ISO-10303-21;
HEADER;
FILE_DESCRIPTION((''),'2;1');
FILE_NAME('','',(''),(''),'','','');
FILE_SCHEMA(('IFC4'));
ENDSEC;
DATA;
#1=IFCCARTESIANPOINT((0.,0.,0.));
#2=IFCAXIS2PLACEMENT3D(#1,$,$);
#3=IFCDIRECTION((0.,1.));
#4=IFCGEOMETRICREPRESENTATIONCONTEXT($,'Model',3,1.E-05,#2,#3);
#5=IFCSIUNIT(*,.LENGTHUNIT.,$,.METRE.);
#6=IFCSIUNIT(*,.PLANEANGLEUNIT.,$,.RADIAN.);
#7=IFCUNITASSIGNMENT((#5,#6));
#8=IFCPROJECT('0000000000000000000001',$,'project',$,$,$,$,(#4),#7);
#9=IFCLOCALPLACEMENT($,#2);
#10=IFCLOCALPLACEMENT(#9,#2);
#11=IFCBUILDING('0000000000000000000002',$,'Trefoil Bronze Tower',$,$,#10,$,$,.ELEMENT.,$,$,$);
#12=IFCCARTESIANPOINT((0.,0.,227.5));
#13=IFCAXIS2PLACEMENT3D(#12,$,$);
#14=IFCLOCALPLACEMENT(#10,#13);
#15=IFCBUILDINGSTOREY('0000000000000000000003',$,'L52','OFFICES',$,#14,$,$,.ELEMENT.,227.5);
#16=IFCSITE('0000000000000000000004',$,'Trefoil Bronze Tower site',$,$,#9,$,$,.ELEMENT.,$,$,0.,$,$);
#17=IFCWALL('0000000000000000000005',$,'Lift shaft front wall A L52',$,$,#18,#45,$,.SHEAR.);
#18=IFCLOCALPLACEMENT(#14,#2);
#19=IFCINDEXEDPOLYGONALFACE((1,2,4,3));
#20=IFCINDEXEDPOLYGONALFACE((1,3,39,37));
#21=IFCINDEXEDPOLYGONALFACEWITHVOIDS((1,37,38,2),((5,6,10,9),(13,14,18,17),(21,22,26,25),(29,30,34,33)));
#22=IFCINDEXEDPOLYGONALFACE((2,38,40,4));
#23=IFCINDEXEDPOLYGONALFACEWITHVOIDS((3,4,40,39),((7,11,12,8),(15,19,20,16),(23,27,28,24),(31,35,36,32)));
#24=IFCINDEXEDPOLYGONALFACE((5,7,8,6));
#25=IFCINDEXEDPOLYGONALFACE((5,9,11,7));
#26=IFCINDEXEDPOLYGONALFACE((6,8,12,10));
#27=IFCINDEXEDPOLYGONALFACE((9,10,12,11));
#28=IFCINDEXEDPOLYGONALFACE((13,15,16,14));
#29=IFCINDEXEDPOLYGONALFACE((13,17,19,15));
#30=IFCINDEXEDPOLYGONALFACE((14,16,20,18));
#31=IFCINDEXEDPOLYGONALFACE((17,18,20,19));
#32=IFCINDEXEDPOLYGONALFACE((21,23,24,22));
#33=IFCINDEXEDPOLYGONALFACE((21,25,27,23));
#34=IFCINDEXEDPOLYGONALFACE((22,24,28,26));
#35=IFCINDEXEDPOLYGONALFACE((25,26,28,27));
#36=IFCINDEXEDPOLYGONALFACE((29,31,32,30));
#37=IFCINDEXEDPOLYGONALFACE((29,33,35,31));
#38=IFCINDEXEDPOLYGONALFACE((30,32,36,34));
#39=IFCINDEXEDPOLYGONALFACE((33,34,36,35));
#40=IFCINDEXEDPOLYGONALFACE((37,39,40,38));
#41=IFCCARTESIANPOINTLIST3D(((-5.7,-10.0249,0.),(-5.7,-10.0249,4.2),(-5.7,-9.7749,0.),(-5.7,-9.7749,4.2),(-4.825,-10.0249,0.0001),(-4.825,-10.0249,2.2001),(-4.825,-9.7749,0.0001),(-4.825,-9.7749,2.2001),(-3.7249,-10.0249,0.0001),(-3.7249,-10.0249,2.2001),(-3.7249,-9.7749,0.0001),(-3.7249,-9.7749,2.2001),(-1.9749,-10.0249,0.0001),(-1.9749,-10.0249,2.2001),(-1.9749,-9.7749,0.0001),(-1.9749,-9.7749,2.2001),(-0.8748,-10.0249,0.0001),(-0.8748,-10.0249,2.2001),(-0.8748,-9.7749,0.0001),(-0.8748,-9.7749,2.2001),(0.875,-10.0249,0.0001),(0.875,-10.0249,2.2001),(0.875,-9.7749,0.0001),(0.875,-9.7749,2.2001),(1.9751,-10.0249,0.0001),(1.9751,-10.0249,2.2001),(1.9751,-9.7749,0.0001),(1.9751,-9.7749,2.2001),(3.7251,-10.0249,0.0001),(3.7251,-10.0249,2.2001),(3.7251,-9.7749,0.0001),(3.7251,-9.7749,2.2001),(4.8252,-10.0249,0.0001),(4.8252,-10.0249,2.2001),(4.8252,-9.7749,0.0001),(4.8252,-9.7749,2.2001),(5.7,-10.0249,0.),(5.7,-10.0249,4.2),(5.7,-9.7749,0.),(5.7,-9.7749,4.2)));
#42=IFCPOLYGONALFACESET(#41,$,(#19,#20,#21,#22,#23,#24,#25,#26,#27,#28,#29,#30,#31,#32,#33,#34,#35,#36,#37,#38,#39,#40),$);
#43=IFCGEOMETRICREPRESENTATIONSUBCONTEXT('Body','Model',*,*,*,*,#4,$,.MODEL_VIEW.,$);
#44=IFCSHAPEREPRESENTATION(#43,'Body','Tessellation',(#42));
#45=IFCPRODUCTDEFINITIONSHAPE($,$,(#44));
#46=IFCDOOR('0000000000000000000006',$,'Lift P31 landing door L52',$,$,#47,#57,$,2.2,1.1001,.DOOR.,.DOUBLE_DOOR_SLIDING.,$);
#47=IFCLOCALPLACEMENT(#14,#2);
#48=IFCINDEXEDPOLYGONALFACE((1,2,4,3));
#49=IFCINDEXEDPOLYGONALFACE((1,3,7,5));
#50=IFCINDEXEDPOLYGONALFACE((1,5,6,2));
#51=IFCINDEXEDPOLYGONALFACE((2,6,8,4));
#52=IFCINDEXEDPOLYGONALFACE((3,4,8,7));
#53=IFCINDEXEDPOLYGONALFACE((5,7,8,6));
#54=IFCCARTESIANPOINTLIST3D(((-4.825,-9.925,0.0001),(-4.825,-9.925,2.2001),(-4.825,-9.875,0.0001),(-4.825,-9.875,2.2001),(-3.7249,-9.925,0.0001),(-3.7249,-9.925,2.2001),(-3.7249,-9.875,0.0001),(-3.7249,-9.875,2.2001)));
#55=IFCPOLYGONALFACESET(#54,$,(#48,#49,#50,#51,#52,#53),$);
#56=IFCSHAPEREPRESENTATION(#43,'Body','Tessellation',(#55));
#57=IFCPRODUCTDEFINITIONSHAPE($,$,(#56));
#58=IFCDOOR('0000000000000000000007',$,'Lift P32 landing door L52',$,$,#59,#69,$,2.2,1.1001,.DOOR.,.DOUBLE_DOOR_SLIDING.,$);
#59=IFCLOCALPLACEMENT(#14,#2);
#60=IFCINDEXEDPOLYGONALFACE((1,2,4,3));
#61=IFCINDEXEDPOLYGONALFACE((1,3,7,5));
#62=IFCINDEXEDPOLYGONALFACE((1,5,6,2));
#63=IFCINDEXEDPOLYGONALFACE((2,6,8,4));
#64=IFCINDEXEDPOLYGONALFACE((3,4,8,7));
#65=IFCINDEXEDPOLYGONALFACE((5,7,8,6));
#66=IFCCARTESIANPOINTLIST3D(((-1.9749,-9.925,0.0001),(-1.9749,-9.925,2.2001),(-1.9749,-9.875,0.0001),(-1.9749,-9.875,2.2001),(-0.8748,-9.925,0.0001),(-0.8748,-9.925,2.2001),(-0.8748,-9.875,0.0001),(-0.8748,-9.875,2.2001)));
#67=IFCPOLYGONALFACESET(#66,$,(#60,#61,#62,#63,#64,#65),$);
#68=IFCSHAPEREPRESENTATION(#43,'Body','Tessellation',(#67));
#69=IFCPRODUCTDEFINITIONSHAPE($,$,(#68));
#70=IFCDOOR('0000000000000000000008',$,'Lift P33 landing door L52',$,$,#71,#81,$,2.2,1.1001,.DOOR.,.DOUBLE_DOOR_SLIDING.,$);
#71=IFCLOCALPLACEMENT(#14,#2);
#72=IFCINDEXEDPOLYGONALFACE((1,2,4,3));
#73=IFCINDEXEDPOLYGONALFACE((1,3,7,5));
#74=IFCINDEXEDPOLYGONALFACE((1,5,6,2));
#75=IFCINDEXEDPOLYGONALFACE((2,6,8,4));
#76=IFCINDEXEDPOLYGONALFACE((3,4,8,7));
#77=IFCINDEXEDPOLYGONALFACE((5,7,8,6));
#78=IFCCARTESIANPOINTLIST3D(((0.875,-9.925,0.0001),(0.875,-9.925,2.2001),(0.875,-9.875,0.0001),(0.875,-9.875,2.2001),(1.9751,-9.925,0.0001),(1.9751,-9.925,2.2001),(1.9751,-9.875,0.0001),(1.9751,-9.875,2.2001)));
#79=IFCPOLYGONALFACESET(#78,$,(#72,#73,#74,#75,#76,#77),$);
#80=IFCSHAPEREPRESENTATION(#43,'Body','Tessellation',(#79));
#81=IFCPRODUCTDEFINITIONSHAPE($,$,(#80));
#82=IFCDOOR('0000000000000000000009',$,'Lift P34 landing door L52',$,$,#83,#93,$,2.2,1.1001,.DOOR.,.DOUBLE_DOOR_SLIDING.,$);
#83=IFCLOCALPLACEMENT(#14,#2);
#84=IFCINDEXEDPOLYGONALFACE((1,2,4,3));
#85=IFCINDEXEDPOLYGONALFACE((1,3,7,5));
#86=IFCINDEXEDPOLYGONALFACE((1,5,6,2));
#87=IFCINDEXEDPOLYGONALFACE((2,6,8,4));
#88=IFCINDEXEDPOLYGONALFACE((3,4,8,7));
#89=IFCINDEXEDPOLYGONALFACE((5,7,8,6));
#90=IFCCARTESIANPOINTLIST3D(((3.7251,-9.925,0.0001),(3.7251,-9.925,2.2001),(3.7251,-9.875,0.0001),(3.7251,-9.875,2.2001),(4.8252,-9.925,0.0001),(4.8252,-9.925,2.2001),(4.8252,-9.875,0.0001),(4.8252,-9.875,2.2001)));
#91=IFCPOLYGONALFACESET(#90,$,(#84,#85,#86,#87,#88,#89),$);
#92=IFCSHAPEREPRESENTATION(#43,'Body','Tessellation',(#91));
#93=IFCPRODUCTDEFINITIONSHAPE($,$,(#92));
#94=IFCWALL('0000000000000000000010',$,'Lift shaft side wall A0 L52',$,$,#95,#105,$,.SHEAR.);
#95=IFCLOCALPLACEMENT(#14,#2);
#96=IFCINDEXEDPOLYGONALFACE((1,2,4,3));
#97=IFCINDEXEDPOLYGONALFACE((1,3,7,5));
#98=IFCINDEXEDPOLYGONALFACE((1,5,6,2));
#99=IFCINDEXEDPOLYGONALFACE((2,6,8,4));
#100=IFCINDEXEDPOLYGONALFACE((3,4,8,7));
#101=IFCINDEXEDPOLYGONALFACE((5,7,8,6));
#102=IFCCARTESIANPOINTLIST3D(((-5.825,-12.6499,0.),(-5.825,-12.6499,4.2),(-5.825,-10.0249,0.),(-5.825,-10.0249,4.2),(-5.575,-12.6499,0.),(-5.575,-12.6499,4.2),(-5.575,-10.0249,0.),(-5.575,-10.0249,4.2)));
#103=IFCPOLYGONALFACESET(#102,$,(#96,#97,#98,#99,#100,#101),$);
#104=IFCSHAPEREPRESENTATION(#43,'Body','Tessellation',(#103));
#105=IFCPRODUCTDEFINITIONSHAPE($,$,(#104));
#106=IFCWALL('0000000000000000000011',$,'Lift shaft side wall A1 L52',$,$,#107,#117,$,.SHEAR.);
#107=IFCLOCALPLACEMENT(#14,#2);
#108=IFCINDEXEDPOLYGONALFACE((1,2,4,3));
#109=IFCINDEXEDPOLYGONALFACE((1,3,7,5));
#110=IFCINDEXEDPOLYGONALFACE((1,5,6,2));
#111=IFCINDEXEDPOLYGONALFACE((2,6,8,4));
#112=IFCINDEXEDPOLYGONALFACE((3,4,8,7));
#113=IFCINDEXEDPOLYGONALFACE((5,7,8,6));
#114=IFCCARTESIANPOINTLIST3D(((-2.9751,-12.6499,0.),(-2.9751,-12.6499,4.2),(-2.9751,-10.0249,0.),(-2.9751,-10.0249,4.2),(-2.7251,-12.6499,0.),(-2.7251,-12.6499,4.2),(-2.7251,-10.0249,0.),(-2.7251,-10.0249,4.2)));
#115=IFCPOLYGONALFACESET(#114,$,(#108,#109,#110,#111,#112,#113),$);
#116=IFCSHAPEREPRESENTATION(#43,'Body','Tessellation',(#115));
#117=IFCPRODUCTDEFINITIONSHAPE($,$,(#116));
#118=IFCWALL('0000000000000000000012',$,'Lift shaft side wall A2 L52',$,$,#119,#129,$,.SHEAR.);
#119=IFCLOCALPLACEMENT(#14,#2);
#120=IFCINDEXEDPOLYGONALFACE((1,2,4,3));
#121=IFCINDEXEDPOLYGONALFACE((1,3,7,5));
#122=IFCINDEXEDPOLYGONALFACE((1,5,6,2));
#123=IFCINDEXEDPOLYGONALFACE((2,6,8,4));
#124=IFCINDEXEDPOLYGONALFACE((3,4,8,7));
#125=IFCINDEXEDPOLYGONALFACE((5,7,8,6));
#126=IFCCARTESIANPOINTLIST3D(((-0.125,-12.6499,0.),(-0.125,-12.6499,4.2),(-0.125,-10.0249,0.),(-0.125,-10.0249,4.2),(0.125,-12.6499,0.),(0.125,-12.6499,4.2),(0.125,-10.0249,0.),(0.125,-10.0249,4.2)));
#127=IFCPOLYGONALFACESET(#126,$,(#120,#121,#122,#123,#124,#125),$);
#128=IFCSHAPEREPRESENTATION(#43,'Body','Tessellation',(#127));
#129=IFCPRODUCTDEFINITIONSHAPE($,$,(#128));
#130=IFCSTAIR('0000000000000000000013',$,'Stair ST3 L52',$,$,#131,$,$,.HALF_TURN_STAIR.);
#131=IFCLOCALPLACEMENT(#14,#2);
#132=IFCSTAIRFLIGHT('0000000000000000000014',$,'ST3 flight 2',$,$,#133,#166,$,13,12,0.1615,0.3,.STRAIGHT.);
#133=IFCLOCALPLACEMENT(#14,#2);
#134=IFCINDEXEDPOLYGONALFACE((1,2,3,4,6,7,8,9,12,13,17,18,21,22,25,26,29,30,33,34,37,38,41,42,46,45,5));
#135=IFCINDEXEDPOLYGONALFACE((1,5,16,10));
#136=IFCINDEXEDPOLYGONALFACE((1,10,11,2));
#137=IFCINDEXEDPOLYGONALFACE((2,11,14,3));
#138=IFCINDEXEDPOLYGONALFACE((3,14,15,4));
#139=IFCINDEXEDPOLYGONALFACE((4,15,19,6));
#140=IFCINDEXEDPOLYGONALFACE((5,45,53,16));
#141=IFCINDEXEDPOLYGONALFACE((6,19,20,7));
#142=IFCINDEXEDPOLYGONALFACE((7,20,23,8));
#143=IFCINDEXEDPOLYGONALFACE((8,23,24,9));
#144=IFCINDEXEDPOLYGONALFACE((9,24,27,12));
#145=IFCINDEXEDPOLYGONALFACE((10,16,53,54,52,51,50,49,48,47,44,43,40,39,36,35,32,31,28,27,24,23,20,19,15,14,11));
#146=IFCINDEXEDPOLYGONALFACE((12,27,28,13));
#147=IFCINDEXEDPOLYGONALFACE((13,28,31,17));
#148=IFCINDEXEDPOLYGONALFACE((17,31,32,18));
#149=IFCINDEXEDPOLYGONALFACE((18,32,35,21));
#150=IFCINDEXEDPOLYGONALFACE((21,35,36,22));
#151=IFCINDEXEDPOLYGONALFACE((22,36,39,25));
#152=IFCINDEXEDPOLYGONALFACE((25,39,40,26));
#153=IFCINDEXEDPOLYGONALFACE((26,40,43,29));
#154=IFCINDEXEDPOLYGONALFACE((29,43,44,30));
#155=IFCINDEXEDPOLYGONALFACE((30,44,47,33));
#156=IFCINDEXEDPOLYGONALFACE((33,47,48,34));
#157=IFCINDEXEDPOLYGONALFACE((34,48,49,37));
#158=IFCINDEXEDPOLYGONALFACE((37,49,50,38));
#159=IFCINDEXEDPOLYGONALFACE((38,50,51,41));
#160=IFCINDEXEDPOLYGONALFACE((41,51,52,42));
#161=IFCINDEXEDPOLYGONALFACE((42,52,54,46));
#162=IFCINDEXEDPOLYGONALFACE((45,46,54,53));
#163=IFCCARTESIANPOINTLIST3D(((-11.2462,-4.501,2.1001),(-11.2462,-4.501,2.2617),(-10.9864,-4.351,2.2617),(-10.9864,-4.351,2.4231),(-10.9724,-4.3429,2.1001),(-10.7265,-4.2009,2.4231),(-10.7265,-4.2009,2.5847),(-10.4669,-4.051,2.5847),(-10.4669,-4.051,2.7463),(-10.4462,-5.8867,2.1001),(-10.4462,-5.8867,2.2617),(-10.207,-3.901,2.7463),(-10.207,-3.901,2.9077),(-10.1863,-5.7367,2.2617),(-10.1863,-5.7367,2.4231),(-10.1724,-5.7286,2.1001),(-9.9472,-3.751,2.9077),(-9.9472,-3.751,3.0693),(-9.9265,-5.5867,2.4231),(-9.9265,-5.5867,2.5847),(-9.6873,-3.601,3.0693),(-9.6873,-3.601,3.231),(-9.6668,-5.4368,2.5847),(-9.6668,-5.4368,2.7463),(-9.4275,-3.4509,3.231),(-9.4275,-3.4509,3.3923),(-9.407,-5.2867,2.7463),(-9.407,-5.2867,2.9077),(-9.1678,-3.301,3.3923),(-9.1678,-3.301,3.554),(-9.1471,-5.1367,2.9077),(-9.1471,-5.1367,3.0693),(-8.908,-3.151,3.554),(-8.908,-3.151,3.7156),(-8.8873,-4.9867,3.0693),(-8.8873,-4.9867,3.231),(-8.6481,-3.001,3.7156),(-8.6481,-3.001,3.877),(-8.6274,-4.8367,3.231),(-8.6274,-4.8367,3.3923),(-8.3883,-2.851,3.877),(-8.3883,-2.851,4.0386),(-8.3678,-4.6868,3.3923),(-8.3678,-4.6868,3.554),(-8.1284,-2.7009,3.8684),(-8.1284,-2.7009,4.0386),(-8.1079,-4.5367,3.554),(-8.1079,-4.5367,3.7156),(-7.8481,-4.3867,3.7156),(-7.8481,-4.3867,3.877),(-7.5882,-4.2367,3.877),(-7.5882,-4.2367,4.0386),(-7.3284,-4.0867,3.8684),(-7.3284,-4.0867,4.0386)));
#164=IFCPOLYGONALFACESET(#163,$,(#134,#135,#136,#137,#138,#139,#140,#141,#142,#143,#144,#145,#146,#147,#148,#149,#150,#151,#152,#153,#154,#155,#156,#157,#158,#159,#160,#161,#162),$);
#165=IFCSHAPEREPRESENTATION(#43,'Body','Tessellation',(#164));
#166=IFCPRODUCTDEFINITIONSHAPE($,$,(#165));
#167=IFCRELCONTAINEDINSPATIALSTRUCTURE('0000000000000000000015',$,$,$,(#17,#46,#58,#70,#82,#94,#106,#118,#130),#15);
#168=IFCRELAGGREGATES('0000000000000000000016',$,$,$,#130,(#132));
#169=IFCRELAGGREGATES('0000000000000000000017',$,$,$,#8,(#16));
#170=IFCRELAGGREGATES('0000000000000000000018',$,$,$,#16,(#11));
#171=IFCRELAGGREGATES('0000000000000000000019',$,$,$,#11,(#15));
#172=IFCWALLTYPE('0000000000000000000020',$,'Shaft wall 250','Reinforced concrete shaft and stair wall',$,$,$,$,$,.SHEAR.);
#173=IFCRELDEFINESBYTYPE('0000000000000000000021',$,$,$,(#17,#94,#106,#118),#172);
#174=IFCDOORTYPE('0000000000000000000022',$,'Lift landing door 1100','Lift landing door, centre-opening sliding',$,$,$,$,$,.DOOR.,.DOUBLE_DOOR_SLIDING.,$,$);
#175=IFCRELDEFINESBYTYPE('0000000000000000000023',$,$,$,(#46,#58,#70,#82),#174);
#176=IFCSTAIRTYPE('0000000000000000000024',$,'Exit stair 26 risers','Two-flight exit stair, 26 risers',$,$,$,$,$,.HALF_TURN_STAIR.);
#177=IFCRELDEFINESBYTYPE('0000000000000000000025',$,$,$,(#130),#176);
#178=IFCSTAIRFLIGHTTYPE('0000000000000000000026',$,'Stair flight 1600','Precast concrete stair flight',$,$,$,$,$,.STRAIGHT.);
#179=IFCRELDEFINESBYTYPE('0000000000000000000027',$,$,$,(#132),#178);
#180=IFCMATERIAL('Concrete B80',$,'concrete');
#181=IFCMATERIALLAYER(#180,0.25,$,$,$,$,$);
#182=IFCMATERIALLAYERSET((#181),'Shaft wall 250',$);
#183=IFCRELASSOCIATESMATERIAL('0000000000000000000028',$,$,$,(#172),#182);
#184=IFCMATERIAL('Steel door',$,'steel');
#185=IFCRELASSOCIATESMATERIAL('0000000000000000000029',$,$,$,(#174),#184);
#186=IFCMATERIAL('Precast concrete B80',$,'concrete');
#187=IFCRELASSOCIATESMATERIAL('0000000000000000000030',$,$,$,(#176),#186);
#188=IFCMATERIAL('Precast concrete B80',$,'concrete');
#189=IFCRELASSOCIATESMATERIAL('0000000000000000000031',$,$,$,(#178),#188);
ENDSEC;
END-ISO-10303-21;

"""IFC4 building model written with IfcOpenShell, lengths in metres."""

from ifc_helpers import new_model, si_unit, direction, frame, frame_2d, origin, place, context, subcontext, project, spatial, polyline, rectangle, outline, extrude, material, layer, layer_set, type_object, element, fill, aggregate, save


model = new_model("IFC4")

# Units and contexts
model_context = context("Model", 3, precision=1e-05, world=origin(), true_north=direction((0.0, 1.0)))
body_context = subcontext(model_context, "Body", "Model", "MODEL_VIEW")
ifc_project = project(units=[si_unit("LENGTHUNIT", "METRE"), si_unit("PLANEANGLEUNIT", "RADIAN")], contexts=[model_context])

# Site, building, storey
site_placement = place(None, origin())
site = spatial("IfcSite", under=ifc_project, at=site_placement, Name="Trefoil Bronze Tower site", CompositionType="ELEMENT", RefElevation=0.0)
building_placement = place(site_placement, origin())
building = spatial("IfcBuilding", under=site, at=building_placement, Name="Trefoil Bronze Tower", CompositionType="ELEMENT")
storey_placement = place(building_placement, frame((0.0, 0.0, 227.5)))
storey = spatial("IfcBuildingStorey", under=building, at=storey_placement, Name="L52", Description="OFFICES", CompositionType="ELEMENT", Elevation=227.5)

# Wall, openings, doors
ifc_material_1 = material(Name="Concrete B80", Category="concrete")
ifc_layer_1 = layer(ifc_material_1, 0.25)
ifc_layer_set_1 = layer_set([ifc_layer_1], Name="Shaft wall 250")
wall_type_1 = type_object("IfcWallType", Name="Shaft wall 250", Description="Reinforced concrete shaft and stair wall", PredefinedType="SHEAR", material=ifc_layer_set_1)
wall_1_placement = place(storey_placement, frame((-5.7, -9.8999, 0.0), z_axis=(0.0, 0.0, 1.0), x_axis=(1.0, 0.0, 0.0)))
wall_1 = element("IfcWall", 1, at=wall_1_placement, inside=storey, type_object=wall_type_1, Name="Lift shaft front wall A L52", PredefinedType="SHEAR", context=body_context, shape_type="SweptSolid", body=[
    extrude(rectangle(XDim=11.3999, YDim=0.25, at=frame_2d((5.7, 0.0))), origin(), (0.0, 0.0, 1.0), 4.2),
])
opening_1_placement = place(wall_1_placement, frame((0.875, 0.0, 0.0)))
opening_1 = element("IfcOpeningElement", 2, at=opening_1_placement, cuts=wall_1, PredefinedType="OPENING", context=body_context, shape_type="SweptSolid", body=[
    extrude(rectangle(XDim=1.1001, YDim=2.2, at=frame_2d((0.55, 1.1001))), frame((0.0, 0.135, 0.0), z_axis=(0.0, -1.0, 0.0), x_axis=(1.0, 0.0, 0.0)), (0.0, 0.0, 1.0), 0.27),
])
opening_2_placement = place(wall_1_placement, frame((3.7251, 0.0, 0.0)))
opening_2 = element("IfcOpeningElement", 3, at=opening_2_placement, cuts=wall_1, PredefinedType="OPENING", context=body_context, shape_type="SweptSolid", body=[
    extrude(rectangle(XDim=1.1001, YDim=2.2, at=frame_2d((0.55, 1.1001))), frame((0.0, 0.135, 0.0), z_axis=(0.0, -1.0, 0.0), x_axis=(1.0, 0.0, 0.0)), (0.0, 0.0, 1.0), 0.27),
])
opening_3_placement = place(wall_1_placement, frame((6.575, 0.0, 0.0)))
opening_3 = element("IfcOpeningElement", 4, at=opening_3_placement, cuts=wall_1, PredefinedType="OPENING", context=body_context, shape_type="SweptSolid", body=[
    extrude(rectangle(XDim=1.1001, YDim=2.2, at=frame_2d((0.55, 1.1001))), frame((0.0, 0.135, 0.0), z_axis=(0.0, -1.0, 0.0), x_axis=(1.0, 0.0, 0.0)), (0.0, 0.0, 1.0), 0.27),
])
opening_4_placement = place(wall_1_placement, frame((9.425, 0.0, 0.0)))
opening_4 = element("IfcOpeningElement", 5, at=opening_4_placement, cuts=wall_1, PredefinedType="OPENING", context=body_context, shape_type="SweptSolid", body=[
    extrude(rectangle(XDim=1.1001, YDim=2.2, at=frame_2d((0.55, 1.1001))), frame((0.0, 0.135, 0.0), z_axis=(0.0, -1.0, 0.0), x_axis=(1.0, 0.0, 0.0)), (0.0, 0.0, 1.0), 0.27),
])
ifc_material_2 = material(Name="Steel door", Category="steel")
door_type_1 = type_object("IfcDoorType", Name="Lift landing door 1100", Description="Lift landing door, centre-opening sliding", OperationType="DOUBLE_DOOR_SLIDING", PredefinedType="DOOR", material=ifc_material_2)
door_1_placement = place(opening_1_placement, origin())
door_1 = element("IfcDoor", 6, at=door_1_placement, inside=storey, type_object=door_type_1, Name="Lift P31 landing door L52", OperationType="DOUBLE_DOOR_SLIDING", OverallHeight=2.2, OverallWidth=1.1001, PredefinedType="DOOR", context=body_context, shape_type="SweptSolid", body=[
    extrude(rectangle(XDim=1.1001, YDim=2.2, at=frame_2d((0.55, 1.1001))), frame((0.0, 0.0249, 0.0), z_axis=(0.0, -1.0, 0.0), x_axis=(1.0, 0.0, 0.0)), (0.0, 0.0, 1.0), 0.05),
])
fill(opening_1, door_1)
door_2_placement = place(opening_2_placement, origin())
door_2 = element("IfcDoor", 7, at=door_2_placement, inside=storey, type_object=door_type_1, Name="Lift P32 landing door L52", OperationType="DOUBLE_DOOR_SLIDING", OverallHeight=2.2, OverallWidth=1.1001, PredefinedType="DOOR", context=body_context, shape_type="SweptSolid", body=[
    extrude(rectangle(XDim=1.1001, YDim=2.2, at=frame_2d((0.55, 1.1001))), frame((0.0, 0.0249, 0.0), z_axis=(0.0, -1.0, 0.0), x_axis=(1.0, 0.0, 0.0)), (0.0, 0.0, 1.0), 0.05),
])
fill(opening_2, door_2)
door_3_placement = place(opening_3_placement, origin())
door_3 = element("IfcDoor", 8, at=door_3_placement, inside=storey, type_object=door_type_1, Name="Lift P33 landing door L52", OperationType="DOUBLE_DOOR_SLIDING", OverallHeight=2.2, OverallWidth=1.1001, PredefinedType="DOOR", context=body_context, shape_type="SweptSolid", body=[
    extrude(rectangle(XDim=1.1001, YDim=2.2, at=frame_2d((0.55, 1.1001))), frame((0.0, 0.0249, 0.0), z_axis=(0.0, -1.0, 0.0), x_axis=(1.0, 0.0, 0.0)), (0.0, 0.0, 1.0), 0.05),
])
fill(opening_3, door_3)
door_4_placement = place(opening_4_placement, origin())
door_4 = element("IfcDoor", 9, at=door_4_placement, inside=storey, type_object=door_type_1, Name="Lift P34 landing door L52", OperationType="DOUBLE_DOOR_SLIDING", OverallHeight=2.2, OverallWidth=1.1001, PredefinedType="DOOR", context=body_context, shape_type="SweptSolid", body=[
    extrude(rectangle(XDim=1.1001, YDim=2.2, at=frame_2d((0.55, 1.1001))), frame((0.0, 0.0249, 0.0), z_axis=(0.0, -1.0, 0.0), x_axis=(1.0, 0.0, 0.0)), (0.0, 0.0, 1.0), 0.05),
])
fill(opening_4, door_4)

# Walls
for number, where, z_axis, x_axis, name in (
    (10, (-5.7, -10.0249, 0.0), (0.0, 0.0, 1.0), (0.0, -1.0, 0.0), "Lift shaft side wall A0 L52"),
    (11, (-2.8501, -10.0249, 0.0), (0.0, 0.0, 1.0), (0.0, -1.0, 0.0), "Lift shaft side wall A1 L52"),
    (12, (0.0, -10.0249, 0.0), (0.0, 0.0, 1.0), (0.0, -1.0, 0.0), "Lift shaft side wall A2 L52"),
):
    element("IfcWall", number, at=place(storey_placement, frame(where, z_axis=z_axis, x_axis=x_axis)), inside=storey, type_object=wall_type_1, Name=name, PredefinedType="SHEAR", context=body_context, shape_type="SweptSolid", body=[
        extrude(rectangle(XDim=2.625, YDim=0.25, at=frame_2d((1.3125, 0.0))), origin(), (0.0, 0.0, 1.0), 4.2),
    ])

# Stair, stair flight
ifc_material_3 = material(Name="Precast concrete B80", Category="concrete")
stair_type = type_object("IfcStairType", Name="Exit stair 26 risers", Description="Two-flight exit stair, 26 risers", PredefinedType="HALF_TURN_STAIR", material=ifc_material_3)
stair_placement = place(storey_placement, origin())
stair = element("IfcStair", 13, at=stair_placement, inside=storey, type_object=stair_type, Name="Stair ST3 L52", PredefinedType="HALF_TURN_STAIR")
ifc_material_4 = material(Name="Precast concrete B80", Category="concrete")
stair_flight_type = type_object("IfcStairFlightType", Name="Stair flight 1600", Description="Precast concrete stair flight", PredefinedType="STRAIGHT", material=ifc_material_4)
stair_flight_placement = place(storey_placement, frame((-10.8462, -5.1938, 2.1001), z_axis=(0.0, 0.0, 1.0), x_axis=(0.866025, 0.5, 0.0)))
stair_flight = element("IfcStairFlight", 14, at=stair_flight_placement, type_object=stair_flight_type, Name="ST3 flight 2", NumberOfRisers=13, NumberOfTreads=12, PredefinedType="STRAIGHT", RiserHeight=0.1615, TreadLength=0.3, context=body_context, shape_type="SweptSolid", body=[
    extrude(outline(polyline([(0.0, 0.0), (0.0, 0.1616), (0.3, 0.1616), (0.3, 0.323), (0.6001, 0.323), (0.6001, 0.4846), (0.8999, 0.4846), (0.8999, 0.6462), (1.2, 0.6462), (1.2, 0.8076), (1.5, 0.8076), (1.5, 0.9692), (1.8, 0.9692), (1.8, 1.1309), (2.1001, 1.1309), (2.1001, 1.2922), (2.3999, 1.2922), (2.3999, 1.4539), (2.7, 1.4539), (2.7, 1.6155), (3.0, 1.6155), (3.0, 1.7769), (3.3, 1.7769), (3.3, 1.9385), (3.6001, 1.9385), (3.6001, 2.1001), (3.6001, 1.7683), (0.3162, 0.0), (0.0, 0.0)])), frame((0.0, 0.8, 0.0), z_axis=(0.0, -1.0, 0.0), x_axis=(1.0, 0.0, 0.0)), (0.0, 0.0, 1.0), 1.6001),
])
aggregate(stair, [stair_flight])

save(model, "model.ifc")
